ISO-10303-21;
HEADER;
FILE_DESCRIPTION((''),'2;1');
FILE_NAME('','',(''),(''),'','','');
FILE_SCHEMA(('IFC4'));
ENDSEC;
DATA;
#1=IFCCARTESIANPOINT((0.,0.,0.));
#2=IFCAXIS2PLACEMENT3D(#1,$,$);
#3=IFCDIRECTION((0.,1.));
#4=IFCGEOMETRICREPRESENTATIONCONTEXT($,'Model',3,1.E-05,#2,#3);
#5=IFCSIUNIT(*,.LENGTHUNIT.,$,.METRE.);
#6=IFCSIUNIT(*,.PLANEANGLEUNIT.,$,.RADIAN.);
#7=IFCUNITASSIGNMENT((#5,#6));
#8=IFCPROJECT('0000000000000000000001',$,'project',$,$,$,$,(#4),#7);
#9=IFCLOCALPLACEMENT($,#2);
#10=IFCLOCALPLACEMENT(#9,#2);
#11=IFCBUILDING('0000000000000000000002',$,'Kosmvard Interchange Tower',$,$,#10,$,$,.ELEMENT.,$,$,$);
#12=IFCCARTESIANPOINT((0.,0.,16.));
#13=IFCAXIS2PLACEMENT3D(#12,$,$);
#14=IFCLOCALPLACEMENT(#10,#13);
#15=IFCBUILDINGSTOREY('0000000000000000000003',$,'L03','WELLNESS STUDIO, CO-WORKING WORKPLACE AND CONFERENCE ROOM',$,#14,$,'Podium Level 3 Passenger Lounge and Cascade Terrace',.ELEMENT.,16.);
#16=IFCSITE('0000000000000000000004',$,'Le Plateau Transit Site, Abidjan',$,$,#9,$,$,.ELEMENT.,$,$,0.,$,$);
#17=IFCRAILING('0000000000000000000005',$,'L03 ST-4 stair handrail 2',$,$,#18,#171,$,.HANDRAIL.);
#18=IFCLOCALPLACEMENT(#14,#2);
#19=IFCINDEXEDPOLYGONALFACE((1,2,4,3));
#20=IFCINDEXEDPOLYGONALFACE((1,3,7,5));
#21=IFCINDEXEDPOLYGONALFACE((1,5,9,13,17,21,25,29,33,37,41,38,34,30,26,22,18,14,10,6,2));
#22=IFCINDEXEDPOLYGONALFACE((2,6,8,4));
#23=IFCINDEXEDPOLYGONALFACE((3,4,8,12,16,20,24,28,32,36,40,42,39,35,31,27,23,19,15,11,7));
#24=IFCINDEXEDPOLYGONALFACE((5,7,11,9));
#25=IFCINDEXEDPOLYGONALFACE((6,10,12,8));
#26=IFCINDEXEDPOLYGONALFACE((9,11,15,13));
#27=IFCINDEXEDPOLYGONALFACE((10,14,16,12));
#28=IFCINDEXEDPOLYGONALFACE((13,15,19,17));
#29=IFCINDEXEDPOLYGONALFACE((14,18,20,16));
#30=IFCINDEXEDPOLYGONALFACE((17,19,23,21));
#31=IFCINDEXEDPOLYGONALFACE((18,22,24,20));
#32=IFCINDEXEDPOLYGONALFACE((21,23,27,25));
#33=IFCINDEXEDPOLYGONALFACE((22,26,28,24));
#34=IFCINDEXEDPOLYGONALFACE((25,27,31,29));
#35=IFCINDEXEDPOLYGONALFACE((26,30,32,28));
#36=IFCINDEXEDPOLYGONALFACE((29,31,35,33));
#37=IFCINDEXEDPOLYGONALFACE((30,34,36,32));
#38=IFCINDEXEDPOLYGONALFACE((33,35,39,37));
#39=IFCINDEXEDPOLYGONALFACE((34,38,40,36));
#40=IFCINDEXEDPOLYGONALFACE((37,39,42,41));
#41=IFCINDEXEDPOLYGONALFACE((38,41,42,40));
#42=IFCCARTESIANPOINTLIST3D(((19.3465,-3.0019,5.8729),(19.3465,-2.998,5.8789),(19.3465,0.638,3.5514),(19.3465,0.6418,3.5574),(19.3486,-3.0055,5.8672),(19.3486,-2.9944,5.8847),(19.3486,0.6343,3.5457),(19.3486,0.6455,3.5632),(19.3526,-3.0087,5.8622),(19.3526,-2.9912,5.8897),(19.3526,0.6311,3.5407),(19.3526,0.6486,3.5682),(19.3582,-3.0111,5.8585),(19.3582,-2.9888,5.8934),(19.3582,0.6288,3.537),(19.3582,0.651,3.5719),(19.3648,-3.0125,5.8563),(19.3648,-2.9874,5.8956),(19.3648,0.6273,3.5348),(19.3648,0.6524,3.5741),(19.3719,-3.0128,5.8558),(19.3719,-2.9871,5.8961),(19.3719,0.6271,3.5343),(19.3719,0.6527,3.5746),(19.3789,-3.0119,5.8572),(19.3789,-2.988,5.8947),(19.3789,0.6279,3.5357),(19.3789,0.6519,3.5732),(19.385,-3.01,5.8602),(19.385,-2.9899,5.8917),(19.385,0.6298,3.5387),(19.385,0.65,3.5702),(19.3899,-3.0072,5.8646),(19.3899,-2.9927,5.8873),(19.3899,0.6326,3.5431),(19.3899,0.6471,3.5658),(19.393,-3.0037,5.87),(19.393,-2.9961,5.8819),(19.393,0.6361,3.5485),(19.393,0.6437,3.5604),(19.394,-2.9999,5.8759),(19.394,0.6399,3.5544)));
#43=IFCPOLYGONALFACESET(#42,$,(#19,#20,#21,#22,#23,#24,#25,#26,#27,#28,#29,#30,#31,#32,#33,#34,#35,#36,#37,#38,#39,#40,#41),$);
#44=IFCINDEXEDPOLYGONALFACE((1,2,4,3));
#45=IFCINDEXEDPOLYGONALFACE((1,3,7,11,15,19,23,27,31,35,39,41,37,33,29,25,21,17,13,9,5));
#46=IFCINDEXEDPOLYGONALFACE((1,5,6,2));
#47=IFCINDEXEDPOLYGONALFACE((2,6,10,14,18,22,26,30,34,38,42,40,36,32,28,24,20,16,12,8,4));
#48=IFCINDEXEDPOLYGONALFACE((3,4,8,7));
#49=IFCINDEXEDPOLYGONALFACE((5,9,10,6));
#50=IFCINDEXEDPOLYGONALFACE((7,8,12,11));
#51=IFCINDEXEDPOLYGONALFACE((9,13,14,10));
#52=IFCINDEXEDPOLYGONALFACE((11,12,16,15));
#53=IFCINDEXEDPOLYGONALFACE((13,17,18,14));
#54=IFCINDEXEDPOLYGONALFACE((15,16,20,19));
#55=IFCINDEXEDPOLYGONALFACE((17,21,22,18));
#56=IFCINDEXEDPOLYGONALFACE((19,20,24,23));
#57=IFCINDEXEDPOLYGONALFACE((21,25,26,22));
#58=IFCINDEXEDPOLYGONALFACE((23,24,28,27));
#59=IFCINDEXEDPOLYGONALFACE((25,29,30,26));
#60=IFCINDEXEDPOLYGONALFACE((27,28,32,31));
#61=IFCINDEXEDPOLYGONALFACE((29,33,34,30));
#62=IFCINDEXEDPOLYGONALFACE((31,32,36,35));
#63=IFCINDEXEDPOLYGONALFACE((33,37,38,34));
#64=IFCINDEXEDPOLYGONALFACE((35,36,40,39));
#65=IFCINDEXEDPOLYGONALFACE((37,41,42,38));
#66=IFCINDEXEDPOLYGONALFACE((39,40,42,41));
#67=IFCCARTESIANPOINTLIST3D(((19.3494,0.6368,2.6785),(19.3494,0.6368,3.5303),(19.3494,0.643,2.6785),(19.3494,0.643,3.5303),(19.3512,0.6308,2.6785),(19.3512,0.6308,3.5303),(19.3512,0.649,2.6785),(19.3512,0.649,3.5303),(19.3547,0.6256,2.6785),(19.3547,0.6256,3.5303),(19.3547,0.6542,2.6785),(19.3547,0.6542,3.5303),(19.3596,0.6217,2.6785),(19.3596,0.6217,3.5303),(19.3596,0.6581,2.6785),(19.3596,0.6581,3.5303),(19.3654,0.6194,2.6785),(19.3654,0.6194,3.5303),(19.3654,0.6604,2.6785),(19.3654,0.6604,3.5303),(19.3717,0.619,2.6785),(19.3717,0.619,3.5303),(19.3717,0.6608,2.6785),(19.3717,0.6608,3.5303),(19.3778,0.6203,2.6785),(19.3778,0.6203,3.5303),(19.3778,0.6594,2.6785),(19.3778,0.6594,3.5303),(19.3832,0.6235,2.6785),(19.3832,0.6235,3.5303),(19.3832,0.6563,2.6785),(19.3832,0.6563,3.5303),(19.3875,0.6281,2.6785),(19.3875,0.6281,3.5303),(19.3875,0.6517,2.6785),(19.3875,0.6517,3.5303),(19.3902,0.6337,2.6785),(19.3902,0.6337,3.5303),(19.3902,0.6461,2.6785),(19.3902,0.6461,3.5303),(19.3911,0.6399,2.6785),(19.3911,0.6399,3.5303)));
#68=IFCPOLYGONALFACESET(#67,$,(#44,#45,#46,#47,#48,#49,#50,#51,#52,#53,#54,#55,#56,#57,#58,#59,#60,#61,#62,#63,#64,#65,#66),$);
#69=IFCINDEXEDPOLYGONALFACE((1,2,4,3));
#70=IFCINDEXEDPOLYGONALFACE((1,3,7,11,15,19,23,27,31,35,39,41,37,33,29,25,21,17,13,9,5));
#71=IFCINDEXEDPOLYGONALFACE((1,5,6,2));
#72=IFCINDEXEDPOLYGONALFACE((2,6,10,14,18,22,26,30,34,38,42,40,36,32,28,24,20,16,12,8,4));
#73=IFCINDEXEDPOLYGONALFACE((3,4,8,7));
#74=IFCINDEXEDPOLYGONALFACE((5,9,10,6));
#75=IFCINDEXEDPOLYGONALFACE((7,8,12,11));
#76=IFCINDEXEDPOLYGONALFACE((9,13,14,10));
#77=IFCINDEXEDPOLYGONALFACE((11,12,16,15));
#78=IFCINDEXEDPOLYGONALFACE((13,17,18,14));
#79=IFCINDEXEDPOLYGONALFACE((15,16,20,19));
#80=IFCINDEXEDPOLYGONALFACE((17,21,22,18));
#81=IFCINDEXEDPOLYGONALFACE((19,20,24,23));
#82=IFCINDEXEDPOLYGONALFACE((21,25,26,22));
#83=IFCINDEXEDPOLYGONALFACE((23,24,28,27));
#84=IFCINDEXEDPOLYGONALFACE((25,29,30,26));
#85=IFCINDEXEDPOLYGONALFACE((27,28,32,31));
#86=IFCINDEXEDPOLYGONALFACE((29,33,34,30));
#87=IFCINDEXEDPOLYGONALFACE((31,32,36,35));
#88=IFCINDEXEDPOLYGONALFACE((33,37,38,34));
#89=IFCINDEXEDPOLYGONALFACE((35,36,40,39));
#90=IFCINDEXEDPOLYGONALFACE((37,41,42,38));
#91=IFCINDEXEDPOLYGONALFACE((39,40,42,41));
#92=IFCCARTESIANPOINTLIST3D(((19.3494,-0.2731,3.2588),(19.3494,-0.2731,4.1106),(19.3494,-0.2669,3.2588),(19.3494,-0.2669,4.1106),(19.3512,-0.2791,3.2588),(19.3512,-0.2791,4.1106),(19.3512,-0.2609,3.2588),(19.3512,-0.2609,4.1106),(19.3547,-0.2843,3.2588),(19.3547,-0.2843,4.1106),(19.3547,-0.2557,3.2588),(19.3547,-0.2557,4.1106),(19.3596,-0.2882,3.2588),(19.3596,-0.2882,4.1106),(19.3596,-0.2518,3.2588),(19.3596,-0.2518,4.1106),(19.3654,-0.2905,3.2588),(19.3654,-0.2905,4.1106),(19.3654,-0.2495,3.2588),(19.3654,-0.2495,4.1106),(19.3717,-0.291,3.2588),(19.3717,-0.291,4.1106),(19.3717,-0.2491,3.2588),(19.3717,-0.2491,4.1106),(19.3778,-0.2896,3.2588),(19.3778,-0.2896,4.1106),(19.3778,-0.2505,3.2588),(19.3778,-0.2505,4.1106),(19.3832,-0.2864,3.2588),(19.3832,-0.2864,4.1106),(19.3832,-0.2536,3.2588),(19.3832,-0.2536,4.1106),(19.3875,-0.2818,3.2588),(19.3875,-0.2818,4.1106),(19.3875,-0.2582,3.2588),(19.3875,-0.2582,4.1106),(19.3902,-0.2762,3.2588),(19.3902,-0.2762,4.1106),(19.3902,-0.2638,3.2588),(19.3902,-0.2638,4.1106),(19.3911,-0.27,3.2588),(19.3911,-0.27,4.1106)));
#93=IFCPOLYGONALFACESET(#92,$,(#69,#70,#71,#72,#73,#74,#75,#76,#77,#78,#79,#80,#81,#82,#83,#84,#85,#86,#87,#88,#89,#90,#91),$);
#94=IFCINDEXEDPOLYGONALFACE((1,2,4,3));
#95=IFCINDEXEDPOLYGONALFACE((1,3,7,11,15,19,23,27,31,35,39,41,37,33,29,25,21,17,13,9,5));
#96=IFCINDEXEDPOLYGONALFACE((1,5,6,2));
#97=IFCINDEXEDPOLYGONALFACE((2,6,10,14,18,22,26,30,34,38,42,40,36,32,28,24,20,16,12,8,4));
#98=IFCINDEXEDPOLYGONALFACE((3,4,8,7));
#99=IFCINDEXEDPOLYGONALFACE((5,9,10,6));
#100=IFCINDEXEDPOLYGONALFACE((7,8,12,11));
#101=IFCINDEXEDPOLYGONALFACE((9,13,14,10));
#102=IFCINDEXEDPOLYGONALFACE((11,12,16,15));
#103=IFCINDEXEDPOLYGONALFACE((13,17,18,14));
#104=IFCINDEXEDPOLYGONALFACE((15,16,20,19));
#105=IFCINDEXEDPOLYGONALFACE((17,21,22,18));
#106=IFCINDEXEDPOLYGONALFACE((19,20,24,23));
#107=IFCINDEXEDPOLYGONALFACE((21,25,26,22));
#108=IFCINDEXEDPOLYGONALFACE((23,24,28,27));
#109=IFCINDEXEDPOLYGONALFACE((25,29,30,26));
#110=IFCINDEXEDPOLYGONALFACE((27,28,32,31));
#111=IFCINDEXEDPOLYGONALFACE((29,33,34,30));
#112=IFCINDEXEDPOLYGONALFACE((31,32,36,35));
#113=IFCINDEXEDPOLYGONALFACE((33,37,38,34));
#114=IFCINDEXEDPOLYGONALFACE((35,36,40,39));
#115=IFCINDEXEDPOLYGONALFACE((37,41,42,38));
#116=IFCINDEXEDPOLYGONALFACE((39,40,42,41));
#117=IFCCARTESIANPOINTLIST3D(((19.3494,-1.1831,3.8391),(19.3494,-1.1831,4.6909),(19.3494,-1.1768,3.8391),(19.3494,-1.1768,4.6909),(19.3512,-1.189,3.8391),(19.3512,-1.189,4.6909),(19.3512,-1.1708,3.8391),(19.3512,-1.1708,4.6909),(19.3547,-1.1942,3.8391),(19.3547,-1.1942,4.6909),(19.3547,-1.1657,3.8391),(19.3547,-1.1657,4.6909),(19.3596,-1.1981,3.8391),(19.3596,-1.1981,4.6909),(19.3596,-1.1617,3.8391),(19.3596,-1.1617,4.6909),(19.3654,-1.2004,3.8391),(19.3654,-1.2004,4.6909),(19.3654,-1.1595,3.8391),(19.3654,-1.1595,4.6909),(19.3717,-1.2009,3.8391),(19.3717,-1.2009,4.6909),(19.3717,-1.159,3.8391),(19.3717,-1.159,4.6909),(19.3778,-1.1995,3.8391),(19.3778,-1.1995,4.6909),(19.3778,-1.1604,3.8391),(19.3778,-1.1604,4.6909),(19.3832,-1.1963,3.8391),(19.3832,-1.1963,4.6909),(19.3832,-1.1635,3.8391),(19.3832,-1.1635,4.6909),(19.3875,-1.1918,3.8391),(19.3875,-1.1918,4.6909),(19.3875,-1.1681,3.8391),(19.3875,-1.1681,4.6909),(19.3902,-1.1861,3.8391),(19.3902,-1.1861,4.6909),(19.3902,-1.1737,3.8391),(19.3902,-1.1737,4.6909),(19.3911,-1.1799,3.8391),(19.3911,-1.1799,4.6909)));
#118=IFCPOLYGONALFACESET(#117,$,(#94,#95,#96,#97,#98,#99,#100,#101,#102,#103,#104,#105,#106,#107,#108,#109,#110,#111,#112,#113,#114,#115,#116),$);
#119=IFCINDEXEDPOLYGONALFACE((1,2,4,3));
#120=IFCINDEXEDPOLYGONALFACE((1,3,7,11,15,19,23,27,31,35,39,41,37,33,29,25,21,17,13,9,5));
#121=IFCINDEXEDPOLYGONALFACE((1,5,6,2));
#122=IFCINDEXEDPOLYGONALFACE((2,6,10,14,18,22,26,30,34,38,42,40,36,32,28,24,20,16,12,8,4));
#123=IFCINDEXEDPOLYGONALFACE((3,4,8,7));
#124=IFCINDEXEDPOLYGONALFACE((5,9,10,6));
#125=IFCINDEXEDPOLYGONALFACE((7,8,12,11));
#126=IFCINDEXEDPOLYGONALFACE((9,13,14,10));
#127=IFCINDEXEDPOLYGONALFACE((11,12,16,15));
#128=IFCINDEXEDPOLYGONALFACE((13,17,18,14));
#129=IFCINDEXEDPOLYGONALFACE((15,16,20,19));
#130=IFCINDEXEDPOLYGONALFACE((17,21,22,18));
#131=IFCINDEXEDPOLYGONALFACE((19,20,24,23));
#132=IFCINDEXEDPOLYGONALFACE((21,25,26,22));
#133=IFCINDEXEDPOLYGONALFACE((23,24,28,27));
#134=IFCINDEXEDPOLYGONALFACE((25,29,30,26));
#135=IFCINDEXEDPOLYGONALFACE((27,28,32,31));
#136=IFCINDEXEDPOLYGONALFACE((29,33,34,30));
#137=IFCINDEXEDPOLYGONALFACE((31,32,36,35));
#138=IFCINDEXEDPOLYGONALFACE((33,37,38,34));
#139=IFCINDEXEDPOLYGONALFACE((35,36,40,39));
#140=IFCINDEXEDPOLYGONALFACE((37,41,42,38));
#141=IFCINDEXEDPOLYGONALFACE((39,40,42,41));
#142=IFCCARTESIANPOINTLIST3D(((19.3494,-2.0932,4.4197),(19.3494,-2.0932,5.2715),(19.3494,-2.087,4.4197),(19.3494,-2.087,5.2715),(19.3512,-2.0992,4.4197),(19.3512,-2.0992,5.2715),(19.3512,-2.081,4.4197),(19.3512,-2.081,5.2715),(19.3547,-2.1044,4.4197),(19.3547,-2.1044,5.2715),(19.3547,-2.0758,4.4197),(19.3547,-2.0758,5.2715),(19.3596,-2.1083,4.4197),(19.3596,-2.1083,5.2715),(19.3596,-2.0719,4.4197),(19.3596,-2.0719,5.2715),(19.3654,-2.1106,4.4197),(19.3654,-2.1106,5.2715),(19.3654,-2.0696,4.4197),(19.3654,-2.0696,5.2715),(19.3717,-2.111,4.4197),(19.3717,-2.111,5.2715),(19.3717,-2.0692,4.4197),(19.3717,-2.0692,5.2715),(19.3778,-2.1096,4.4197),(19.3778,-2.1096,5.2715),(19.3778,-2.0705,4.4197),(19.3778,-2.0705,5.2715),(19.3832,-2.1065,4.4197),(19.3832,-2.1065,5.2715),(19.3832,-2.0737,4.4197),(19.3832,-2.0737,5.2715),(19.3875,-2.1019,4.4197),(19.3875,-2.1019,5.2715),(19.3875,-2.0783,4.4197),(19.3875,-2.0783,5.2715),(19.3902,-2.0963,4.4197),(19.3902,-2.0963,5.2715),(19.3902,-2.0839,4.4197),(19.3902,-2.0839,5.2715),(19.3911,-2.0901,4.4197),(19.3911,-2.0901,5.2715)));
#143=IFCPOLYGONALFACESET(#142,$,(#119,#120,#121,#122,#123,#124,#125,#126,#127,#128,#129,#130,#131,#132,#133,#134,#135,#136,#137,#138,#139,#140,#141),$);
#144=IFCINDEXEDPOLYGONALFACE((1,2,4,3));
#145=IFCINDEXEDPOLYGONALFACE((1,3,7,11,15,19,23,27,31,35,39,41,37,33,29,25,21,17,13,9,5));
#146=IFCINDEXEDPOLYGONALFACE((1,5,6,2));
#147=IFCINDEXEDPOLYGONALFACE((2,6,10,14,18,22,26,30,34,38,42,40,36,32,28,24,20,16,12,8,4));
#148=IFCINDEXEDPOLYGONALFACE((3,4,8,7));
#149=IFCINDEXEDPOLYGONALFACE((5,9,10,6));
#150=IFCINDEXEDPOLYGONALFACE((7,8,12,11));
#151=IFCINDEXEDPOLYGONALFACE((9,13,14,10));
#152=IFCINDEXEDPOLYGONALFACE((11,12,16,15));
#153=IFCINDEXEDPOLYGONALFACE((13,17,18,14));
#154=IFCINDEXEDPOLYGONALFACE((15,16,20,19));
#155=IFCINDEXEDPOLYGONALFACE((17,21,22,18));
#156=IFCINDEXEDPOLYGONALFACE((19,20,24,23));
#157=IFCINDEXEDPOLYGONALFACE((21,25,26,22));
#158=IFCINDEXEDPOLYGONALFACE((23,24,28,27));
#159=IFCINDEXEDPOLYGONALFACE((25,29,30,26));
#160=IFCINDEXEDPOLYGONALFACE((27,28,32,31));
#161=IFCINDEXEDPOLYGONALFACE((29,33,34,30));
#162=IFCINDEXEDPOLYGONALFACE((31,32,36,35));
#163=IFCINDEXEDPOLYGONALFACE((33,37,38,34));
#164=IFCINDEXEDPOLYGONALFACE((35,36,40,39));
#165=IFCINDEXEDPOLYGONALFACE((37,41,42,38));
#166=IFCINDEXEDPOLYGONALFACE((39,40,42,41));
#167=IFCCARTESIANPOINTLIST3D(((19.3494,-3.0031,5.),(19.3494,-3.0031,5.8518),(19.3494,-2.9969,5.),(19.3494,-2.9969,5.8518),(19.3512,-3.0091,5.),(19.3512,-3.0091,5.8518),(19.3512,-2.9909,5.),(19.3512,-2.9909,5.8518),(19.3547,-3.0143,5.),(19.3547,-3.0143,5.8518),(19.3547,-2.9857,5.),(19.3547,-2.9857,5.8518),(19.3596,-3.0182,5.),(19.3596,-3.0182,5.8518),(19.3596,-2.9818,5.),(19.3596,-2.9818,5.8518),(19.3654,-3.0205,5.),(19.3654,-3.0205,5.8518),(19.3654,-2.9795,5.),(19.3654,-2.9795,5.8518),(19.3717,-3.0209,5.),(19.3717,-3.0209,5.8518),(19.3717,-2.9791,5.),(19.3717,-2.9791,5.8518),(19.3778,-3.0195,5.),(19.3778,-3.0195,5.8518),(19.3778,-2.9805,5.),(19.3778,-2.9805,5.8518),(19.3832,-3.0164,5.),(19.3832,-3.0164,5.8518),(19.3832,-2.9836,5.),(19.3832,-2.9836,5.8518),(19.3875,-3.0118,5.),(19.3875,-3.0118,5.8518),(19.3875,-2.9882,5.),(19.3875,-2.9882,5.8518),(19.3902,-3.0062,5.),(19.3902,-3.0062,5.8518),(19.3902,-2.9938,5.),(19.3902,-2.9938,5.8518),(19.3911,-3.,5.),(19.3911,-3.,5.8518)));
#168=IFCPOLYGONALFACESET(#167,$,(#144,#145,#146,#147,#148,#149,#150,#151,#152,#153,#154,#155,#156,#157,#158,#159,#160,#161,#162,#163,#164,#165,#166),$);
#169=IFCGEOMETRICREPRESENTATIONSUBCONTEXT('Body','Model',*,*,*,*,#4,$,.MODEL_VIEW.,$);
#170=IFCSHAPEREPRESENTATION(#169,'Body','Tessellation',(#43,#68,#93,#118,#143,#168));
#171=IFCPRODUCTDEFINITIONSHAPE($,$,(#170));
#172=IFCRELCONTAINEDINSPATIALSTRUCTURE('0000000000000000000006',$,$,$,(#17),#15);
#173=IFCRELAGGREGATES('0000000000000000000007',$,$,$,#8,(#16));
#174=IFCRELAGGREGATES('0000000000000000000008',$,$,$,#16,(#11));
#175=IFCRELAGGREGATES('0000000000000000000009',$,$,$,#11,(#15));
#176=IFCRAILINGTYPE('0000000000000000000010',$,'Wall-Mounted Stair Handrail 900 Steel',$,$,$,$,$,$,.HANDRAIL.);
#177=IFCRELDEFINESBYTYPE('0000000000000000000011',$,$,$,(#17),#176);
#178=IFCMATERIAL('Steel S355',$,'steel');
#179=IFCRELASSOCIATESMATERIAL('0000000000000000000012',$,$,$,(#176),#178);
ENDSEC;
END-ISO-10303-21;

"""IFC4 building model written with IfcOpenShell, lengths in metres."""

from ifc_helpers import new_model, si_unit, direction, frame, origin, origin_2d, place, context, subcontext, project, spatial, circle, extrude, source, transform, mapped, material, type_object, element, save


model = new_model("IFC4")

# Units and contexts
model_context = context("Model", 3, precision=1e-05, world=origin(), true_north=direction((0.0, 1.0)))
body_context = subcontext(model_context, "Body", "Model", "MODEL_VIEW")
ifc_project = project(units=[si_unit("LENGTHUNIT", "METRE"), si_unit("PLANEANGLEUNIT", "RADIAN")], contexts=[model_context])

# Site, building, storey
site_placement = place(None, origin())
site = spatial("IfcSite", under=ifc_project, at=site_placement, Name="Le Plateau Transit Site, Abidjan", CompositionType="ELEMENT", RefElevation=0.0)
building_placement = place(site_placement, origin())
building = spatial("IfcBuilding", under=site, at=building_placement, Name="Kosmvard Interchange Tower", CompositionType="ELEMENT")
storey_placement = place(building_placement, frame((0.0, 0.0, 16.0)))
storey = spatial("IfcBuildingStorey", under=building, at=storey_placement, Name="L03", Description="WELLNESS STUDIO, CO-WORKING WORKPLACE AND CONFERENCE ROOM", LongName="Podium Level 3 Passenger Lounge and Cascade Terrace", CompositionType="ELEMENT", Elevation=16.0)

# Shared definitions
ifc_material_1 = material(Name="Steel S355", Category="steel")

# Railing
railing_type_1 = type_object("IfcRailingType", Name="Wall-Mounted Stair Handrail 900 Steel", PredefinedType="HANDRAIL", material=ifc_material_1)
shared_shape_1 = source(origin(), body_context, "Body", "SweptSolid", [
    extrude(circle(Radius=0.0239, at=origin_2d()), frame((0.0, 0.0, 0.876), z_axis=(0.0, -0.843112, 0.537739), x_axis=(1.0, 0.0, 0.0)), (0.0, 0.0, 1.0), 4.3171),
    extrude(circle(Radius=0.021, at=origin_2d()), origin(), (0.0, 0.0, 1.0), 0.8518),
    extrude(circle(Radius=0.021, at=origin_2d()), frame((0.0, -0.9099, 0.5803)), (0.0, 0.0, 1.0), 0.8518),
    extrude(circle(Radius=0.021, at=origin_2d()), frame((0.0, -1.8198, 1.1606)), (0.0, 0.0, 1.0), 0.8518),
    extrude(circle(Radius=0.021, at=origin_2d()), frame((0.0, -2.73, 1.7412)), (0.0, 0.0, 1.0), 0.8518),
    extrude(circle(Radius=0.021, at=origin_2d()), frame((0.0, -3.6399, 2.3215)), (0.0, 0.0, 1.0), 0.8518),
])
railing_1_placement = place(storey_placement, frame((19.3701, 0.6399, 2.6785)))
element("IfcRailing", 1, at=railing_1_placement, inside=storey, type_object=railing_type_1, Name="L03 ST-4 stair handrail 2", PredefinedType="HANDRAIL", context=body_context, shape_type="MappedRepresentation", body=[
    mapped(shared_shape_1, transform((0.0, 0.0, 0.0), scale=1.0)),
])

save(model, "model.ifc")
